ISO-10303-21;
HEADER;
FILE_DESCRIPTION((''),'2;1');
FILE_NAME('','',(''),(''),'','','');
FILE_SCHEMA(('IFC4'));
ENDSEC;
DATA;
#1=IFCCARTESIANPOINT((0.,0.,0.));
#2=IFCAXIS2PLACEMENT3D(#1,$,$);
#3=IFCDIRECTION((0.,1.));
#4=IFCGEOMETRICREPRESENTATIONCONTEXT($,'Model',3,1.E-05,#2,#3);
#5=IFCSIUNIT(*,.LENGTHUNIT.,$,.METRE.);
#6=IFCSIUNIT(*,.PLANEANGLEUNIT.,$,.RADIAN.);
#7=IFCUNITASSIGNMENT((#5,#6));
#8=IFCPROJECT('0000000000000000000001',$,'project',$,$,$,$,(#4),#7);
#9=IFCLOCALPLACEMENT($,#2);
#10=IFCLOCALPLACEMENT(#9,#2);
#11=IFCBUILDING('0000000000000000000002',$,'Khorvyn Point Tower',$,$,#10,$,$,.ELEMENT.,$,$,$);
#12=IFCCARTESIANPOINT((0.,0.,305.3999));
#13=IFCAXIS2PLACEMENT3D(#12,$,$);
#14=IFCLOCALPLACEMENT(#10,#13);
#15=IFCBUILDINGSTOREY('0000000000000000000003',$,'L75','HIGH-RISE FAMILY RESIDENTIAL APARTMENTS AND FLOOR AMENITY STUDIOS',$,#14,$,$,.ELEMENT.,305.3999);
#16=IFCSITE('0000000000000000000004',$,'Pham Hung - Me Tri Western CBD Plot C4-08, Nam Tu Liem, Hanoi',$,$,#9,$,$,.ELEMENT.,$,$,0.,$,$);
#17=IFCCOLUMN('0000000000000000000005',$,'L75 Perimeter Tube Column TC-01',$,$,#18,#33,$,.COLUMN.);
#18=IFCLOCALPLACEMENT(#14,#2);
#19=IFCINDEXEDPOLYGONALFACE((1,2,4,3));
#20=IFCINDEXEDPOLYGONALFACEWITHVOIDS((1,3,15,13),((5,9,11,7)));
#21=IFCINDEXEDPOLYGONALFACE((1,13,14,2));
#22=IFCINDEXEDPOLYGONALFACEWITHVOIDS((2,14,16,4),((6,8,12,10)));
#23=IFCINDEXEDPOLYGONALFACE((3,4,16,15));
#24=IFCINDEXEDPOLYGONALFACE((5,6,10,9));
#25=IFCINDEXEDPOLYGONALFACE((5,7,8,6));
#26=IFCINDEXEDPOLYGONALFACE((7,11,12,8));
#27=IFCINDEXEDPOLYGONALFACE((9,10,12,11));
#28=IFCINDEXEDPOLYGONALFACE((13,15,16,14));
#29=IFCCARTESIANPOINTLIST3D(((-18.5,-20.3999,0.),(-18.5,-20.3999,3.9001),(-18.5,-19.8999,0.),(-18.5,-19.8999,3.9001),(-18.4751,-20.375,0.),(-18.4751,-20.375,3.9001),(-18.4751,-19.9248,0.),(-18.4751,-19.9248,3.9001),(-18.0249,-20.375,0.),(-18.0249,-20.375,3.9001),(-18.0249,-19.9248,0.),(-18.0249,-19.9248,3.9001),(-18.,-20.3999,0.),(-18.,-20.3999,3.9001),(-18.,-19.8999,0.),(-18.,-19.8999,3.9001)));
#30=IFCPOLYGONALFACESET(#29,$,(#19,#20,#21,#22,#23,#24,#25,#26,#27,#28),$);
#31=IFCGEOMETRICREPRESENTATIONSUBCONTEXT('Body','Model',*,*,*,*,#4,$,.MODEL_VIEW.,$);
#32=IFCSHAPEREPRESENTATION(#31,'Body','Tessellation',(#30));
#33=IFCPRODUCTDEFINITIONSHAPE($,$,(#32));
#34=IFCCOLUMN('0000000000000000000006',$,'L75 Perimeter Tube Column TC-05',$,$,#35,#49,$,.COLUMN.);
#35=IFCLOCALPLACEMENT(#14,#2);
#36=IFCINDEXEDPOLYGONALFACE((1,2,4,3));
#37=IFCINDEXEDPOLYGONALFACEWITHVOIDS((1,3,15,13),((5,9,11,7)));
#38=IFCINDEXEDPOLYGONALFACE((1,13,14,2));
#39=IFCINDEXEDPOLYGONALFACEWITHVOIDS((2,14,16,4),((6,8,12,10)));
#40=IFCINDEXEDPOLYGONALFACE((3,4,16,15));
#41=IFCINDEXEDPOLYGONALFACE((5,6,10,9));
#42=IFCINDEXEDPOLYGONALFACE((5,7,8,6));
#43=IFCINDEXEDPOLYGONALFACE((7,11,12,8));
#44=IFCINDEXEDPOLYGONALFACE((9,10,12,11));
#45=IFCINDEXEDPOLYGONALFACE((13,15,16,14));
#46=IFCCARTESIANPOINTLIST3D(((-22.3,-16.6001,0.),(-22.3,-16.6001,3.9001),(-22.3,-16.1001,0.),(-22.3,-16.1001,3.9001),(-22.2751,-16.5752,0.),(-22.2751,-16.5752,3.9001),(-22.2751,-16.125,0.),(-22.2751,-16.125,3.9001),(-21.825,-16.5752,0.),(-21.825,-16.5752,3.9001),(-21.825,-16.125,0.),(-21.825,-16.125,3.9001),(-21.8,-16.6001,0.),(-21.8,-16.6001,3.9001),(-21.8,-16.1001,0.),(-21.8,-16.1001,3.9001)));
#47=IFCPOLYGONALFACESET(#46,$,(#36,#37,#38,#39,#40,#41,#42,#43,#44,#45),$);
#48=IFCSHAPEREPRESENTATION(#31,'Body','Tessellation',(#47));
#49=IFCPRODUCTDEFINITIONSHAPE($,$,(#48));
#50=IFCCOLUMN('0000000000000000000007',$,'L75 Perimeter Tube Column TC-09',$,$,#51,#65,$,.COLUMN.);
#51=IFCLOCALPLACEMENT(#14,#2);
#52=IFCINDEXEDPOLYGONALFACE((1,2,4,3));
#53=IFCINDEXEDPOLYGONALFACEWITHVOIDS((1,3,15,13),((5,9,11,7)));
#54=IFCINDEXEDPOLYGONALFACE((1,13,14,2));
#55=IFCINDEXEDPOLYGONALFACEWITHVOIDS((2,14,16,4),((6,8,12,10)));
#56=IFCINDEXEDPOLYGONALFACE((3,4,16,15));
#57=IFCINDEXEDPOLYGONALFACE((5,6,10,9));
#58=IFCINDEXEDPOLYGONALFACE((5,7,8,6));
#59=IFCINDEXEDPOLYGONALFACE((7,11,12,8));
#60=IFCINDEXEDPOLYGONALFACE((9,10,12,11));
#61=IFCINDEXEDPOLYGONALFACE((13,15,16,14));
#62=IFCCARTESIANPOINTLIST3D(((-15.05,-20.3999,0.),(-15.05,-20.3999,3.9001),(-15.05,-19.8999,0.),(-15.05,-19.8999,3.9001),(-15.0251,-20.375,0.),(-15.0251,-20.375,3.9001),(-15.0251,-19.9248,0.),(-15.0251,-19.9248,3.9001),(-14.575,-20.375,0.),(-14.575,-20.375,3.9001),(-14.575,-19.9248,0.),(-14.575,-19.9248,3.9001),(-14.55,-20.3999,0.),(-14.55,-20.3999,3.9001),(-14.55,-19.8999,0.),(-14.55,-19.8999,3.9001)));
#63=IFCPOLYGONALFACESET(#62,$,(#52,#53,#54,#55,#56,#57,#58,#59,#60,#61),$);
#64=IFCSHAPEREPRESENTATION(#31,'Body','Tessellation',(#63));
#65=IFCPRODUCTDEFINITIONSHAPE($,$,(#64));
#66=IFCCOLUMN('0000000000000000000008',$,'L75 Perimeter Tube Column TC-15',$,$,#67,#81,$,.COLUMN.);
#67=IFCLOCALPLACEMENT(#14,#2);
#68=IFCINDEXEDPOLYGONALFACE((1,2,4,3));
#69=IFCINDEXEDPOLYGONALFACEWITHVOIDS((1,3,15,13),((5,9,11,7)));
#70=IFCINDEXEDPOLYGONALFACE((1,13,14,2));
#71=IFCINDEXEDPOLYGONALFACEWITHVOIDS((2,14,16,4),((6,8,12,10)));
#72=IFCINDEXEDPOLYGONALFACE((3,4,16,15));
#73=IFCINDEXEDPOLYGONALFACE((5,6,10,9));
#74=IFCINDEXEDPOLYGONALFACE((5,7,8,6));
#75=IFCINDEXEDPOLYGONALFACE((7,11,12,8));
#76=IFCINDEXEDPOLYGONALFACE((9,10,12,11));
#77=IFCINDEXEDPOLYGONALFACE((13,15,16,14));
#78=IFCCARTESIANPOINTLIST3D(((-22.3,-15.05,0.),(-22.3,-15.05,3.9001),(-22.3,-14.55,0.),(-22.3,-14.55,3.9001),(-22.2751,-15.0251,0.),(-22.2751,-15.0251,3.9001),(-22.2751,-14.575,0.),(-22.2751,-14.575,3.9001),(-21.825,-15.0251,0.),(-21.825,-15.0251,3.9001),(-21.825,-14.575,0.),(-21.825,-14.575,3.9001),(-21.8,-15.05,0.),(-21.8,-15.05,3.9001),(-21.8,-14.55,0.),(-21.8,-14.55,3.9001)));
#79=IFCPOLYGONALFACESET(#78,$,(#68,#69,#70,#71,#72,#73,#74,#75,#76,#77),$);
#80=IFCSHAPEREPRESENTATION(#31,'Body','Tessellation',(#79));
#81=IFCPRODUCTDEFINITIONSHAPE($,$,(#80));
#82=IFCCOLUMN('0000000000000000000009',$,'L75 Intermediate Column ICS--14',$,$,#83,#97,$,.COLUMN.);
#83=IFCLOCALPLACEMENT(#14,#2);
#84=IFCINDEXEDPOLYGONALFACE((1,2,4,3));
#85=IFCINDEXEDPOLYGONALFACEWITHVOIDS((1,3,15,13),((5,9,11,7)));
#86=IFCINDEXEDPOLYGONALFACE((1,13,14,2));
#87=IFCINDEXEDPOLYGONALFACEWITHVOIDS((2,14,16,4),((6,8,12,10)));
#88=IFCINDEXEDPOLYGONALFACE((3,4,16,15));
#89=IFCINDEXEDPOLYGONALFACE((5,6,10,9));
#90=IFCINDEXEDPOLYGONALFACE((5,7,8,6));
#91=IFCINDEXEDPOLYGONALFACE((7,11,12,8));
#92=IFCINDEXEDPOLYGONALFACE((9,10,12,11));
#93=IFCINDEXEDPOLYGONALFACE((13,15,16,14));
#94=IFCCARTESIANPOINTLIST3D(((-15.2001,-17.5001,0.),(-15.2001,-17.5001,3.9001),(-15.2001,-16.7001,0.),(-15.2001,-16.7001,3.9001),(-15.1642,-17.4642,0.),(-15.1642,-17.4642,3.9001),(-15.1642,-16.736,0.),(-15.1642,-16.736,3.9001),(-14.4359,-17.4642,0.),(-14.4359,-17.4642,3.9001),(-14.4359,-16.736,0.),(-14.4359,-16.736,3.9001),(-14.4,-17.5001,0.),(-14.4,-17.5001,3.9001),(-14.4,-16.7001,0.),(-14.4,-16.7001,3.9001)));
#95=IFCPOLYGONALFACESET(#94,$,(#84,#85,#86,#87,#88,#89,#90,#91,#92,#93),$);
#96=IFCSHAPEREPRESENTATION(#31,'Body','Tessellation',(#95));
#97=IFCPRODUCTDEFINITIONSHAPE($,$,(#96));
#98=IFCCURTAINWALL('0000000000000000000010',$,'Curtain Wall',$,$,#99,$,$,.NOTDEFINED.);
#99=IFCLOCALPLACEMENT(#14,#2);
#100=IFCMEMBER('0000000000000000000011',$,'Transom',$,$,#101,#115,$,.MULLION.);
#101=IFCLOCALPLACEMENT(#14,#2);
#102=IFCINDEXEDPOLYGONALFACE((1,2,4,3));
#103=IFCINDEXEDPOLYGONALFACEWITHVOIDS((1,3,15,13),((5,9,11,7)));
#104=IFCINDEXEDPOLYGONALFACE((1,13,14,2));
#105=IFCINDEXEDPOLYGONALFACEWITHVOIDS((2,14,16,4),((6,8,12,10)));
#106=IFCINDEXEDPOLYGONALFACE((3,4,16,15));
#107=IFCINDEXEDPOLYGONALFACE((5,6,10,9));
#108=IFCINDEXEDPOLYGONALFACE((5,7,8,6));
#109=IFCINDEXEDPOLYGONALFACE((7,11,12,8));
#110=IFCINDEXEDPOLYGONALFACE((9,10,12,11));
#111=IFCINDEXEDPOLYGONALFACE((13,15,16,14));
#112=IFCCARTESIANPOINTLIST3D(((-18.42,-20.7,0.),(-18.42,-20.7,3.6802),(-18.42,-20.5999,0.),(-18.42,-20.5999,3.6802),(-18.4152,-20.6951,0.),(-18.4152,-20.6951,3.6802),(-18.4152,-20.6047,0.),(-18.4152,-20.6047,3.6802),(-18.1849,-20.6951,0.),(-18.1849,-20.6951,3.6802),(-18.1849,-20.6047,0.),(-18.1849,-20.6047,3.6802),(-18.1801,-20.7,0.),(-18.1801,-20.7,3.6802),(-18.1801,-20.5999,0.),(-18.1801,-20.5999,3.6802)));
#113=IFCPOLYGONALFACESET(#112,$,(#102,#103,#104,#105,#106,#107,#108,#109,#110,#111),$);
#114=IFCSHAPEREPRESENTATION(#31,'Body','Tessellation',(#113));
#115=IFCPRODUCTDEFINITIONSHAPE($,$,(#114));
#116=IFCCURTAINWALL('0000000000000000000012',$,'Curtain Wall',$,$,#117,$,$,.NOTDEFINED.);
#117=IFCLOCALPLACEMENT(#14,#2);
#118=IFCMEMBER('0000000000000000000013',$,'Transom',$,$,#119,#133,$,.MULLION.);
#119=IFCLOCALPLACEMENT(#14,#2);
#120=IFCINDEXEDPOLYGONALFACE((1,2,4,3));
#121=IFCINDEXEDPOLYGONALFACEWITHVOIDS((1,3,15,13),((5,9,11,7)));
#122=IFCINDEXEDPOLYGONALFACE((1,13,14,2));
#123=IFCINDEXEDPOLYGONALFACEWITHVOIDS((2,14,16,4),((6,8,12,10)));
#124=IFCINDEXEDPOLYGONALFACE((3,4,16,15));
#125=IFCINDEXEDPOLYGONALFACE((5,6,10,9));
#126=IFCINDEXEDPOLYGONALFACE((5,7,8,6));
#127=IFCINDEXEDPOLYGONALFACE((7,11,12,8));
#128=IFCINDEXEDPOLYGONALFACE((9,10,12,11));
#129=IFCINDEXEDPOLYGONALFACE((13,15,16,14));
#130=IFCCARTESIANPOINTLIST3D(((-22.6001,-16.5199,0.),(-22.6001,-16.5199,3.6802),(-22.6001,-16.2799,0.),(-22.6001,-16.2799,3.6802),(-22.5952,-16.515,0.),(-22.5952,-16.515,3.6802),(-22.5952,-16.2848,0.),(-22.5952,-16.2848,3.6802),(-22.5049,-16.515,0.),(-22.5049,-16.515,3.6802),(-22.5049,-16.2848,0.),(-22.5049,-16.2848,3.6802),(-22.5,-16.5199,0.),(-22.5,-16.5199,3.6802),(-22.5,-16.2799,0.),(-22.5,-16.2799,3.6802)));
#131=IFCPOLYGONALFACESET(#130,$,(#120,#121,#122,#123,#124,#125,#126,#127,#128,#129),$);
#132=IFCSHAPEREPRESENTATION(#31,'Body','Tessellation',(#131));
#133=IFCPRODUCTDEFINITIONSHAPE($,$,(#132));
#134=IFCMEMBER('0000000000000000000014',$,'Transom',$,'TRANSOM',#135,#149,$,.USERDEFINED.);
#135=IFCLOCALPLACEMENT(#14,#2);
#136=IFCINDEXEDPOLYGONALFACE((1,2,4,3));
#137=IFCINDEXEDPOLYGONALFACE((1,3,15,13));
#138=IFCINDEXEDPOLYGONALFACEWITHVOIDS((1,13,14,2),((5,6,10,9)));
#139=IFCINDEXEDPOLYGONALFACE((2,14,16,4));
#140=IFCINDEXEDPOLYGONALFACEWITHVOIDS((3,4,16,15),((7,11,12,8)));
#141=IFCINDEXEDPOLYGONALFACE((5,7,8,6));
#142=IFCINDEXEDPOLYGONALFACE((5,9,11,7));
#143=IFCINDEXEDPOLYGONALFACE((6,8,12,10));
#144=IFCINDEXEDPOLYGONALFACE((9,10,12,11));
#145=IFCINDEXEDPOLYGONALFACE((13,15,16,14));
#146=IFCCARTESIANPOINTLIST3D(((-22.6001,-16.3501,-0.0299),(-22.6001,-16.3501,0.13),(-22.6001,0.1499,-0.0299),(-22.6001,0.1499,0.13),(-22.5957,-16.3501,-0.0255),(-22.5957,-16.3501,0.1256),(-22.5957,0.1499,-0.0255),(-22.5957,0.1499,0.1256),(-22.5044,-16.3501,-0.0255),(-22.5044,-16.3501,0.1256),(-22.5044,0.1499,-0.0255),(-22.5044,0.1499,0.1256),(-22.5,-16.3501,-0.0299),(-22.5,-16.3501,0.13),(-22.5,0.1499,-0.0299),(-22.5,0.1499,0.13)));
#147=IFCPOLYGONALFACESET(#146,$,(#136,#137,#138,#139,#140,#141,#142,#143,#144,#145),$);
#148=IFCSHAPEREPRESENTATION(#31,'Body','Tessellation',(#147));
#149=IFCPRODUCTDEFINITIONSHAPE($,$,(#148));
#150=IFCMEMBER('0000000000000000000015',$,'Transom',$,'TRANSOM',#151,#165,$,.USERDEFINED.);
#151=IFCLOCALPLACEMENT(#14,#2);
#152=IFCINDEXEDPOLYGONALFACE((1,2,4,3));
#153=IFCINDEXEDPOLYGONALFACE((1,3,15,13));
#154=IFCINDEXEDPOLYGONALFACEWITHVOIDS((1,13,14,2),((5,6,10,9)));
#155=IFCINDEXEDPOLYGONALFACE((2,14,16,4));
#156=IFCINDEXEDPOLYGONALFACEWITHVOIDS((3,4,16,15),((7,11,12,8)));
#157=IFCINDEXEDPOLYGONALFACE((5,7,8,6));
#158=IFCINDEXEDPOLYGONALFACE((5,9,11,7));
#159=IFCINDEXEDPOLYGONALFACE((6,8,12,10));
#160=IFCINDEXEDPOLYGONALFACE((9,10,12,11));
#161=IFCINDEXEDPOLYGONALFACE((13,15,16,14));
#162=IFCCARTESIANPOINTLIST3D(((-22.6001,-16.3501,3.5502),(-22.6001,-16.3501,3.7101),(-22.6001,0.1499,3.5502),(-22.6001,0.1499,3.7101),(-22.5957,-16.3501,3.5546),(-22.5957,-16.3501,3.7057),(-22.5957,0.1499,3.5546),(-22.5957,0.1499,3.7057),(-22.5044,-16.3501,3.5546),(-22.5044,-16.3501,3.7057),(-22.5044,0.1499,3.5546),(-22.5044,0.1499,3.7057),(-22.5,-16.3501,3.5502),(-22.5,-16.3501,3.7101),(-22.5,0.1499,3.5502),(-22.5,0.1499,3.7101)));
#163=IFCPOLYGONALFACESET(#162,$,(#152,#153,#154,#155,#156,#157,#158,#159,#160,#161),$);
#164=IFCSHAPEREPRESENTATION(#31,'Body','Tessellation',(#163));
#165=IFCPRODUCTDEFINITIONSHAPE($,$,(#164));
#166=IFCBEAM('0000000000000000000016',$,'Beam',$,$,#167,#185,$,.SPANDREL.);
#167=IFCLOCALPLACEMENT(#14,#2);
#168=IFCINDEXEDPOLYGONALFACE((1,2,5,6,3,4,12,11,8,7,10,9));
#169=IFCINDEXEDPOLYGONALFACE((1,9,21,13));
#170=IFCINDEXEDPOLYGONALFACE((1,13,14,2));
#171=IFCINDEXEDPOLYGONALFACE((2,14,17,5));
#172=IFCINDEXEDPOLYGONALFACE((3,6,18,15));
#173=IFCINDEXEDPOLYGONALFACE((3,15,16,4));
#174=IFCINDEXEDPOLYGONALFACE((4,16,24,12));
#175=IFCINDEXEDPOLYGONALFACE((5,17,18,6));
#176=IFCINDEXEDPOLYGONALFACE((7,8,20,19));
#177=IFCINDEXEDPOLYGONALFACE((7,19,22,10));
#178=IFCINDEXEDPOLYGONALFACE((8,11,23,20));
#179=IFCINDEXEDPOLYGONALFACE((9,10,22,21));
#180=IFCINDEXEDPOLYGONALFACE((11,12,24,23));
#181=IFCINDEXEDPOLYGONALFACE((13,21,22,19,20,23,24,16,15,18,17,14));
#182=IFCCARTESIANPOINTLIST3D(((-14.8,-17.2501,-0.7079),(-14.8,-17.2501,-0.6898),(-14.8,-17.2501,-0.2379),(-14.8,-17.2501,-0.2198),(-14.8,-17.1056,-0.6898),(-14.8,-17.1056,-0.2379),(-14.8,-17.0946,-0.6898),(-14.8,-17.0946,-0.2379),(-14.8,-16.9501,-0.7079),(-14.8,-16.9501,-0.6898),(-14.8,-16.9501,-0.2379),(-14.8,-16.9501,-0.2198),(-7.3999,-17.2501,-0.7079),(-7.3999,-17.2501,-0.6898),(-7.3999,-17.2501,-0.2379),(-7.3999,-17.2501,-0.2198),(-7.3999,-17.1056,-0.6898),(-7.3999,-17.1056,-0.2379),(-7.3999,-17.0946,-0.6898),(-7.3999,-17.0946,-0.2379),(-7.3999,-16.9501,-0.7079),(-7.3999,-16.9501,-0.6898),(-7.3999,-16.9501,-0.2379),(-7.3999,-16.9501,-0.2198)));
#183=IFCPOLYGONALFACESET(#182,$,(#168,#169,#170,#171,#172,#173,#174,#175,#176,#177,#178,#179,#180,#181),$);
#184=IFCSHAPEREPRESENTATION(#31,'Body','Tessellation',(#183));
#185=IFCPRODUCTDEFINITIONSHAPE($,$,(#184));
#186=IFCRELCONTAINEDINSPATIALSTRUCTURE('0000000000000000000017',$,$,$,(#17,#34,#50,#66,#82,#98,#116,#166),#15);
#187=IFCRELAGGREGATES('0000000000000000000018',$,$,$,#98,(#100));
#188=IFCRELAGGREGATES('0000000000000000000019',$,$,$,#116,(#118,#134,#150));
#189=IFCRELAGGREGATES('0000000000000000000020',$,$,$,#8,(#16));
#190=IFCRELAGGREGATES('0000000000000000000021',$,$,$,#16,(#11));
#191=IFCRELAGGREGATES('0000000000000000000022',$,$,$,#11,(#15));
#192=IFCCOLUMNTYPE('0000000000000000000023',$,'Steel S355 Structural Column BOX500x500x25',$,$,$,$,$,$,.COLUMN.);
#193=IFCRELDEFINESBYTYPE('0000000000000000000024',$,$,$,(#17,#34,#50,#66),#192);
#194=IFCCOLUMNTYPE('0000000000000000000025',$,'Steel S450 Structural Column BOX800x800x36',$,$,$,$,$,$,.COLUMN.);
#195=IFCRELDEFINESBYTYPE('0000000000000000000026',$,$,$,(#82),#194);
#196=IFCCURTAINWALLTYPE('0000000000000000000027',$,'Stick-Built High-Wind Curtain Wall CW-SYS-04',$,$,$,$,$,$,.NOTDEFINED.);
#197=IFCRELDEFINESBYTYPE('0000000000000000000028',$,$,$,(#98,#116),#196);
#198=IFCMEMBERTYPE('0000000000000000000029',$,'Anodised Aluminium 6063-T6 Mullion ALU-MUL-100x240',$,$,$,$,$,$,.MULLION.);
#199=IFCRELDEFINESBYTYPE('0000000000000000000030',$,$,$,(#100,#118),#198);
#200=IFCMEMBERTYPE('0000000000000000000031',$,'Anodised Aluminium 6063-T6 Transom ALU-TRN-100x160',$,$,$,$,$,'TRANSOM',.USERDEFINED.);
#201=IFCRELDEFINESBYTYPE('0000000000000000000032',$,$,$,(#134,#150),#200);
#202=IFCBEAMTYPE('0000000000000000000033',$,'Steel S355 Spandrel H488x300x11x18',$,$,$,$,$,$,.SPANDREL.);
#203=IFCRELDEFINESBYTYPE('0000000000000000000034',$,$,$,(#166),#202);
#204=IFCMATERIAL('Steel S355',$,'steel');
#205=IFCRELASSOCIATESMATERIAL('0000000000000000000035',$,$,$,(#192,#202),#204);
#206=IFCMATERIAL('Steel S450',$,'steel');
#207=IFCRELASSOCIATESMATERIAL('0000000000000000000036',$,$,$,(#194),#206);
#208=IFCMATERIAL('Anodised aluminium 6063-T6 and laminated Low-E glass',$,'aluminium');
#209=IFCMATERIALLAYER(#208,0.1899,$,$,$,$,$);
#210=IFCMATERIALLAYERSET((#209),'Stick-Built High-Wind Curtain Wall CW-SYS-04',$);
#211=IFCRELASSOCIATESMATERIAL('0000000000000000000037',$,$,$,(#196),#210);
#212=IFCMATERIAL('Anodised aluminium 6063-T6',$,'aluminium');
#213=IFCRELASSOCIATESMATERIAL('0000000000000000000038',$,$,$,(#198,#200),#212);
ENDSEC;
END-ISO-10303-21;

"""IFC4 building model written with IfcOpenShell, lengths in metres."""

from ifc_helpers import new_model, si_unit, direction, frame, origin, origin_2d, place, context, subcontext, project, spatial, hollow_rectangle, i_section, extrude, material, layer, layer_set, material_profile, profile_set, type_object, element, aggregate, save


model = new_model("IFC4")

# Units and contexts
model_context = context("Model", 3, precision=1e-05, world=origin(), true_north=direction((0.0, 1.0)))
body_context = subcontext(model_context, "Body", "Model", "MODEL_VIEW")
ifc_project = project(units=[si_unit("LENGTHUNIT", "METRE"), si_unit("PLANEANGLEUNIT", "RADIAN")], contexts=[model_context])

# Site, building, storey
site_placement = place(None, origin())
site = spatial("IfcSite", under=ifc_project, at=site_placement, Name="Pham Hung - Me Tri Western CBD Plot C4-08, Nam Tu Liem, Hanoi", CompositionType="ELEMENT", RefElevation=0.0)
building_placement = place(site_placement, origin())
building = spatial("IfcBuilding", under=site, at=building_placement, Name="Khorvyn Point Tower", CompositionType="ELEMENT")
storey_placement = place(building_placement, frame((0.0, 0.0, 305.3999)))
storey = spatial("IfcBuildingStorey", under=building, at=storey_placement, Name="L75", Description="HIGH-RISE FAMILY RESIDENTIAL APARTMENTS AND FLOOR AMENITY STUDIOS", CompositionType="ELEMENT", Elevation=305.3999)

# Columns
ifc_material_1 = material(Name="Steel S355", Category="steel")
ifc_material_profile_1 = material_profile(ifc_material_1, hollow_rectangle(XDim=0.5, YDim=0.5, WallThickness=0.0249, at=origin_2d()))
ifc_profile_set_1 = profile_set([ifc_material_profile_1], Name="Steel S355 BOX500x500x25")
column_type_1 = type_object("IfcColumnType", Name="Steel S355 Structural Column BOX500x500x25", PredefinedType="COLUMN", material=ifc_profile_set_1)
for number, where, z_axis, x_axis, name in (
    (1, (-18.25, -20.1499, 0.0), (0.0, 0.0, 1.0), (1.0, 0.0, 0.0), "L75 Perimeter Tube Column TC-01"),
    (2, (-22.05, -16.3501, 0.0), (0.0, 0.0, 1.0), (1.0, 0.0, 0.0), "L75 Perimeter Tube Column TC-05"),
    (3, (-14.8, -20.1499, 0.0), (0.0, 0.0, 1.0), (1.0, 0.0, 0.0), "L75 Perimeter Tube Column TC-09"),
    (4, (-22.05, -14.8, 0.0), (0.0, 0.0, 1.0), (1.0, 0.0, 0.0), "L75 Perimeter Tube Column TC-15"),
):
    element("IfcColumn", number, at=place(storey_placement, frame(where, z_axis=z_axis, x_axis=x_axis)), inside=storey, type_object=column_type_1, Name=name, PredefinedType="COLUMN", context=body_context, shape_type="SweptSolid", body=[
        extrude(hollow_rectangle(XDim=0.5, YDim=0.5, WallThickness=0.0249, at=origin_2d()), origin(), (0.0, 0.0, 1.0), 3.9001),
    ])
ifc_material_2 = material(Name="Steel S450", Category="steel")
ifc_material_profile_2 = material_profile(ifc_material_2, hollow_rectangle(XDim=0.8, YDim=0.8, WallThickness=0.0359, at=origin_2d()))
ifc_profile_set_2 = profile_set([ifc_material_profile_2], Name="Steel S450 BOX800x800x36")
column_type_2 = type_object("IfcColumnType", Name="Steel S450 Structural Column BOX800x800x36", PredefinedType="COLUMN", material=ifc_profile_set_2)
column_placement = place(storey_placement, frame((-14.8, -17.1001, 0.0), z_axis=(0.0, 0.0, 1.0), x_axis=(1.0, 0.0, 0.0)))
element("IfcColumn", 5, at=column_placement, inside=storey, type_object=column_type_2, Name="L75 Intermediate Column ICS--14", PredefinedType="COLUMN", context=body_context, shape_type="SweptSolid", body=[
    extrude(hollow_rectangle(XDim=0.8, YDim=0.8, WallThickness=0.0359, at=origin_2d()), origin(), (0.0, 0.0, 1.0), 3.9001),
])

# Curtain wall, member
ifc_material_3 = material(Name="Anodised aluminium 6063-T6 and laminated Low-E glass", Category="aluminium")
ifc_layer_1 = layer(ifc_material_3, 0.1899)
ifc_layer_set_1 = layer_set([ifc_layer_1], Name="Stick-Built High-Wind Curtain Wall CW-SYS-04")
curtain_wall_type = type_object("IfcCurtainWallType", Name="Stick-Built High-Wind Curtain Wall CW-SYS-04", PredefinedType="NOTDEFINED", material=ifc_layer_set_1)
curtain_wall_1_placement = place(storey_placement, origin())
curtain_wall_1 = element("IfcCurtainWall", 6, at=curtain_wall_1_placement, inside=storey, type_object=curtain_wall_type, Name="Curtain Wall", PredefinedType="NOTDEFINED")
ifc_material_4 = material(Name="Anodised aluminium 6063-T6", Category="aluminium")
ifc_material_profile_3 = material_profile(ifc_material_4, hollow_rectangle(XDim=0.1001, YDim=0.24, WallThickness=0.0049, at=origin_2d()))
ifc_profile_set_3 = profile_set([ifc_material_profile_3], Name="Anodised aluminium 6063-T6 ALU-MUL-100x240")
member_type_1 = type_object("IfcMemberType", Name="Anodised Aluminium 6063-T6 Mullion ALU-MUL-100x240", PredefinedType="MULLION", material=ifc_profile_set_3)
member_1_placement = place(storey_placement, frame((-18.3, -20.6499, 0.0), z_axis=(0.0, 0.0, 1.0), x_axis=(0.0, -1.0, 0.0)))
member_1 = element("IfcMember", 7, at=member_1_placement, type_object=member_type_1, Name="Transom", PredefinedType="MULLION", context=body_context, shape_type="SweptSolid", body=[
    extrude(hollow_rectangle(XDim=0.1001, YDim=0.24, WallThickness=0.0049, at=origin_2d()), origin(), (0.0, 0.0, 1.0), 3.6802),
])
aggregate(curtain_wall_1, [member_1])

# Curtain wall, members
curtain_wall_2_placement = place(storey_placement, origin())
curtain_wall_2 = element("IfcCurtainWall", 8, at=curtain_wall_2_placement, inside=storey, type_object=curtain_wall_type, Name="Curtain Wall", PredefinedType="NOTDEFINED")
member_2_placement = place(storey_placement, frame((-22.55, -16.3999, 0.0), z_axis=(0.0, 0.0, 1.0), x_axis=(-1.0, 0.0, 0.0)))
member_2 = element("IfcMember", 9, at=member_2_placement, type_object=member_type_1, Name="Transom", PredefinedType="MULLION", context=body_context, shape_type="SweptSolid", body=[
    extrude(hollow_rectangle(XDim=0.1001, YDim=0.24, WallThickness=0.0049, at=origin_2d()), origin(), (0.0, 0.0, 1.0), 3.6802),
])
ifc_material_profile_4 = material_profile(ifc_material_4, hollow_rectangle(XDim=0.1001, YDim=0.1599, WallThickness=0.0044, at=origin_2d()))
ifc_profile_set_4 = profile_set([ifc_material_profile_4], Name="Anodised aluminium 6063-T6 ALU-TRN-100x160")
member_type_2 = type_object("IfcMemberType", Name="Anodised Aluminium 6063-T6 Transom ALU-TRN-100x160", ElementType="TRANSOM", PredefinedType="USERDEFINED", material=ifc_profile_set_4)
member_3_placement = place(storey_placement, frame((-22.55, -16.3501, 0.05), z_axis=(0.0, 1.0, 0.0), x_axis=(-1.0, 0.0, 0.0)))
member_3 = element("IfcMember", 10, at=member_3_placement, type_object=member_type_2, Name="Transom", ObjectType="TRANSOM", PredefinedType="USERDEFINED", context=body_context, shape_type="SweptSolid", body=[
    extrude(hollow_rectangle(XDim=0.1001, YDim=0.1599, WallThickness=0.0044, at=origin_2d()), origin(), (0.0, 0.0, 1.0), 16.5),
])
member_4_placement = place(storey_placement, frame((-22.55, -16.3501, 3.6301), z_axis=(0.0, 1.0, 0.0), x_axis=(-1.0, 0.0, 0.0)))
member_4 = element("IfcMember", 11, at=member_4_placement, type_object=member_type_2, Name="Transom", ObjectType="TRANSOM", PredefinedType="USERDEFINED", context=body_context, shape_type="SweptSolid", body=[
    extrude(hollow_rectangle(XDim=0.1001, YDim=0.1599, WallThickness=0.0044, at=origin_2d()), origin(), (0.0, 0.0, 1.0), 16.5),
])
aggregate(curtain_wall_2, [member_2, member_3, member_4])

# Beam
ifc_material_profile_5 = material_profile(ifc_material_1, i_section(OverallWidth=0.3, OverallDepth=0.488, WebThickness=0.011, FlangeThickness=0.0181, at=origin_2d()))
ifc_profile_set_5 = profile_set([ifc_material_profile_5], Name="Steel S355 H488x300x11x18")
beam_type_1 = type_object("IfcBeamType", Name="Steel S355 Spandrel H488x300x11x18", PredefinedType="SPANDREL", material=ifc_profile_set_5)
beam_1_placement = place(storey_placement, frame((-14.8, -17.1001, -0.4639), z_axis=(1.0, 0.0, 0.0), x_axis=(0.0, 1.0, 0.0)))
element("IfcBeam", 12, at=beam_1_placement, inside=storey, type_object=beam_type_1, Name="Beam", PredefinedType="SPANDREL", context=body_context, shape_type="SweptSolid", body=[
    extrude(i_section(OverallWidth=0.3, OverallDepth=0.488, WebThickness=0.011, FlangeThickness=0.0181, at=origin_2d()), origin(), (0.0, 0.0, 1.0), 7.4001),
])

save(model, "model.ifc")
